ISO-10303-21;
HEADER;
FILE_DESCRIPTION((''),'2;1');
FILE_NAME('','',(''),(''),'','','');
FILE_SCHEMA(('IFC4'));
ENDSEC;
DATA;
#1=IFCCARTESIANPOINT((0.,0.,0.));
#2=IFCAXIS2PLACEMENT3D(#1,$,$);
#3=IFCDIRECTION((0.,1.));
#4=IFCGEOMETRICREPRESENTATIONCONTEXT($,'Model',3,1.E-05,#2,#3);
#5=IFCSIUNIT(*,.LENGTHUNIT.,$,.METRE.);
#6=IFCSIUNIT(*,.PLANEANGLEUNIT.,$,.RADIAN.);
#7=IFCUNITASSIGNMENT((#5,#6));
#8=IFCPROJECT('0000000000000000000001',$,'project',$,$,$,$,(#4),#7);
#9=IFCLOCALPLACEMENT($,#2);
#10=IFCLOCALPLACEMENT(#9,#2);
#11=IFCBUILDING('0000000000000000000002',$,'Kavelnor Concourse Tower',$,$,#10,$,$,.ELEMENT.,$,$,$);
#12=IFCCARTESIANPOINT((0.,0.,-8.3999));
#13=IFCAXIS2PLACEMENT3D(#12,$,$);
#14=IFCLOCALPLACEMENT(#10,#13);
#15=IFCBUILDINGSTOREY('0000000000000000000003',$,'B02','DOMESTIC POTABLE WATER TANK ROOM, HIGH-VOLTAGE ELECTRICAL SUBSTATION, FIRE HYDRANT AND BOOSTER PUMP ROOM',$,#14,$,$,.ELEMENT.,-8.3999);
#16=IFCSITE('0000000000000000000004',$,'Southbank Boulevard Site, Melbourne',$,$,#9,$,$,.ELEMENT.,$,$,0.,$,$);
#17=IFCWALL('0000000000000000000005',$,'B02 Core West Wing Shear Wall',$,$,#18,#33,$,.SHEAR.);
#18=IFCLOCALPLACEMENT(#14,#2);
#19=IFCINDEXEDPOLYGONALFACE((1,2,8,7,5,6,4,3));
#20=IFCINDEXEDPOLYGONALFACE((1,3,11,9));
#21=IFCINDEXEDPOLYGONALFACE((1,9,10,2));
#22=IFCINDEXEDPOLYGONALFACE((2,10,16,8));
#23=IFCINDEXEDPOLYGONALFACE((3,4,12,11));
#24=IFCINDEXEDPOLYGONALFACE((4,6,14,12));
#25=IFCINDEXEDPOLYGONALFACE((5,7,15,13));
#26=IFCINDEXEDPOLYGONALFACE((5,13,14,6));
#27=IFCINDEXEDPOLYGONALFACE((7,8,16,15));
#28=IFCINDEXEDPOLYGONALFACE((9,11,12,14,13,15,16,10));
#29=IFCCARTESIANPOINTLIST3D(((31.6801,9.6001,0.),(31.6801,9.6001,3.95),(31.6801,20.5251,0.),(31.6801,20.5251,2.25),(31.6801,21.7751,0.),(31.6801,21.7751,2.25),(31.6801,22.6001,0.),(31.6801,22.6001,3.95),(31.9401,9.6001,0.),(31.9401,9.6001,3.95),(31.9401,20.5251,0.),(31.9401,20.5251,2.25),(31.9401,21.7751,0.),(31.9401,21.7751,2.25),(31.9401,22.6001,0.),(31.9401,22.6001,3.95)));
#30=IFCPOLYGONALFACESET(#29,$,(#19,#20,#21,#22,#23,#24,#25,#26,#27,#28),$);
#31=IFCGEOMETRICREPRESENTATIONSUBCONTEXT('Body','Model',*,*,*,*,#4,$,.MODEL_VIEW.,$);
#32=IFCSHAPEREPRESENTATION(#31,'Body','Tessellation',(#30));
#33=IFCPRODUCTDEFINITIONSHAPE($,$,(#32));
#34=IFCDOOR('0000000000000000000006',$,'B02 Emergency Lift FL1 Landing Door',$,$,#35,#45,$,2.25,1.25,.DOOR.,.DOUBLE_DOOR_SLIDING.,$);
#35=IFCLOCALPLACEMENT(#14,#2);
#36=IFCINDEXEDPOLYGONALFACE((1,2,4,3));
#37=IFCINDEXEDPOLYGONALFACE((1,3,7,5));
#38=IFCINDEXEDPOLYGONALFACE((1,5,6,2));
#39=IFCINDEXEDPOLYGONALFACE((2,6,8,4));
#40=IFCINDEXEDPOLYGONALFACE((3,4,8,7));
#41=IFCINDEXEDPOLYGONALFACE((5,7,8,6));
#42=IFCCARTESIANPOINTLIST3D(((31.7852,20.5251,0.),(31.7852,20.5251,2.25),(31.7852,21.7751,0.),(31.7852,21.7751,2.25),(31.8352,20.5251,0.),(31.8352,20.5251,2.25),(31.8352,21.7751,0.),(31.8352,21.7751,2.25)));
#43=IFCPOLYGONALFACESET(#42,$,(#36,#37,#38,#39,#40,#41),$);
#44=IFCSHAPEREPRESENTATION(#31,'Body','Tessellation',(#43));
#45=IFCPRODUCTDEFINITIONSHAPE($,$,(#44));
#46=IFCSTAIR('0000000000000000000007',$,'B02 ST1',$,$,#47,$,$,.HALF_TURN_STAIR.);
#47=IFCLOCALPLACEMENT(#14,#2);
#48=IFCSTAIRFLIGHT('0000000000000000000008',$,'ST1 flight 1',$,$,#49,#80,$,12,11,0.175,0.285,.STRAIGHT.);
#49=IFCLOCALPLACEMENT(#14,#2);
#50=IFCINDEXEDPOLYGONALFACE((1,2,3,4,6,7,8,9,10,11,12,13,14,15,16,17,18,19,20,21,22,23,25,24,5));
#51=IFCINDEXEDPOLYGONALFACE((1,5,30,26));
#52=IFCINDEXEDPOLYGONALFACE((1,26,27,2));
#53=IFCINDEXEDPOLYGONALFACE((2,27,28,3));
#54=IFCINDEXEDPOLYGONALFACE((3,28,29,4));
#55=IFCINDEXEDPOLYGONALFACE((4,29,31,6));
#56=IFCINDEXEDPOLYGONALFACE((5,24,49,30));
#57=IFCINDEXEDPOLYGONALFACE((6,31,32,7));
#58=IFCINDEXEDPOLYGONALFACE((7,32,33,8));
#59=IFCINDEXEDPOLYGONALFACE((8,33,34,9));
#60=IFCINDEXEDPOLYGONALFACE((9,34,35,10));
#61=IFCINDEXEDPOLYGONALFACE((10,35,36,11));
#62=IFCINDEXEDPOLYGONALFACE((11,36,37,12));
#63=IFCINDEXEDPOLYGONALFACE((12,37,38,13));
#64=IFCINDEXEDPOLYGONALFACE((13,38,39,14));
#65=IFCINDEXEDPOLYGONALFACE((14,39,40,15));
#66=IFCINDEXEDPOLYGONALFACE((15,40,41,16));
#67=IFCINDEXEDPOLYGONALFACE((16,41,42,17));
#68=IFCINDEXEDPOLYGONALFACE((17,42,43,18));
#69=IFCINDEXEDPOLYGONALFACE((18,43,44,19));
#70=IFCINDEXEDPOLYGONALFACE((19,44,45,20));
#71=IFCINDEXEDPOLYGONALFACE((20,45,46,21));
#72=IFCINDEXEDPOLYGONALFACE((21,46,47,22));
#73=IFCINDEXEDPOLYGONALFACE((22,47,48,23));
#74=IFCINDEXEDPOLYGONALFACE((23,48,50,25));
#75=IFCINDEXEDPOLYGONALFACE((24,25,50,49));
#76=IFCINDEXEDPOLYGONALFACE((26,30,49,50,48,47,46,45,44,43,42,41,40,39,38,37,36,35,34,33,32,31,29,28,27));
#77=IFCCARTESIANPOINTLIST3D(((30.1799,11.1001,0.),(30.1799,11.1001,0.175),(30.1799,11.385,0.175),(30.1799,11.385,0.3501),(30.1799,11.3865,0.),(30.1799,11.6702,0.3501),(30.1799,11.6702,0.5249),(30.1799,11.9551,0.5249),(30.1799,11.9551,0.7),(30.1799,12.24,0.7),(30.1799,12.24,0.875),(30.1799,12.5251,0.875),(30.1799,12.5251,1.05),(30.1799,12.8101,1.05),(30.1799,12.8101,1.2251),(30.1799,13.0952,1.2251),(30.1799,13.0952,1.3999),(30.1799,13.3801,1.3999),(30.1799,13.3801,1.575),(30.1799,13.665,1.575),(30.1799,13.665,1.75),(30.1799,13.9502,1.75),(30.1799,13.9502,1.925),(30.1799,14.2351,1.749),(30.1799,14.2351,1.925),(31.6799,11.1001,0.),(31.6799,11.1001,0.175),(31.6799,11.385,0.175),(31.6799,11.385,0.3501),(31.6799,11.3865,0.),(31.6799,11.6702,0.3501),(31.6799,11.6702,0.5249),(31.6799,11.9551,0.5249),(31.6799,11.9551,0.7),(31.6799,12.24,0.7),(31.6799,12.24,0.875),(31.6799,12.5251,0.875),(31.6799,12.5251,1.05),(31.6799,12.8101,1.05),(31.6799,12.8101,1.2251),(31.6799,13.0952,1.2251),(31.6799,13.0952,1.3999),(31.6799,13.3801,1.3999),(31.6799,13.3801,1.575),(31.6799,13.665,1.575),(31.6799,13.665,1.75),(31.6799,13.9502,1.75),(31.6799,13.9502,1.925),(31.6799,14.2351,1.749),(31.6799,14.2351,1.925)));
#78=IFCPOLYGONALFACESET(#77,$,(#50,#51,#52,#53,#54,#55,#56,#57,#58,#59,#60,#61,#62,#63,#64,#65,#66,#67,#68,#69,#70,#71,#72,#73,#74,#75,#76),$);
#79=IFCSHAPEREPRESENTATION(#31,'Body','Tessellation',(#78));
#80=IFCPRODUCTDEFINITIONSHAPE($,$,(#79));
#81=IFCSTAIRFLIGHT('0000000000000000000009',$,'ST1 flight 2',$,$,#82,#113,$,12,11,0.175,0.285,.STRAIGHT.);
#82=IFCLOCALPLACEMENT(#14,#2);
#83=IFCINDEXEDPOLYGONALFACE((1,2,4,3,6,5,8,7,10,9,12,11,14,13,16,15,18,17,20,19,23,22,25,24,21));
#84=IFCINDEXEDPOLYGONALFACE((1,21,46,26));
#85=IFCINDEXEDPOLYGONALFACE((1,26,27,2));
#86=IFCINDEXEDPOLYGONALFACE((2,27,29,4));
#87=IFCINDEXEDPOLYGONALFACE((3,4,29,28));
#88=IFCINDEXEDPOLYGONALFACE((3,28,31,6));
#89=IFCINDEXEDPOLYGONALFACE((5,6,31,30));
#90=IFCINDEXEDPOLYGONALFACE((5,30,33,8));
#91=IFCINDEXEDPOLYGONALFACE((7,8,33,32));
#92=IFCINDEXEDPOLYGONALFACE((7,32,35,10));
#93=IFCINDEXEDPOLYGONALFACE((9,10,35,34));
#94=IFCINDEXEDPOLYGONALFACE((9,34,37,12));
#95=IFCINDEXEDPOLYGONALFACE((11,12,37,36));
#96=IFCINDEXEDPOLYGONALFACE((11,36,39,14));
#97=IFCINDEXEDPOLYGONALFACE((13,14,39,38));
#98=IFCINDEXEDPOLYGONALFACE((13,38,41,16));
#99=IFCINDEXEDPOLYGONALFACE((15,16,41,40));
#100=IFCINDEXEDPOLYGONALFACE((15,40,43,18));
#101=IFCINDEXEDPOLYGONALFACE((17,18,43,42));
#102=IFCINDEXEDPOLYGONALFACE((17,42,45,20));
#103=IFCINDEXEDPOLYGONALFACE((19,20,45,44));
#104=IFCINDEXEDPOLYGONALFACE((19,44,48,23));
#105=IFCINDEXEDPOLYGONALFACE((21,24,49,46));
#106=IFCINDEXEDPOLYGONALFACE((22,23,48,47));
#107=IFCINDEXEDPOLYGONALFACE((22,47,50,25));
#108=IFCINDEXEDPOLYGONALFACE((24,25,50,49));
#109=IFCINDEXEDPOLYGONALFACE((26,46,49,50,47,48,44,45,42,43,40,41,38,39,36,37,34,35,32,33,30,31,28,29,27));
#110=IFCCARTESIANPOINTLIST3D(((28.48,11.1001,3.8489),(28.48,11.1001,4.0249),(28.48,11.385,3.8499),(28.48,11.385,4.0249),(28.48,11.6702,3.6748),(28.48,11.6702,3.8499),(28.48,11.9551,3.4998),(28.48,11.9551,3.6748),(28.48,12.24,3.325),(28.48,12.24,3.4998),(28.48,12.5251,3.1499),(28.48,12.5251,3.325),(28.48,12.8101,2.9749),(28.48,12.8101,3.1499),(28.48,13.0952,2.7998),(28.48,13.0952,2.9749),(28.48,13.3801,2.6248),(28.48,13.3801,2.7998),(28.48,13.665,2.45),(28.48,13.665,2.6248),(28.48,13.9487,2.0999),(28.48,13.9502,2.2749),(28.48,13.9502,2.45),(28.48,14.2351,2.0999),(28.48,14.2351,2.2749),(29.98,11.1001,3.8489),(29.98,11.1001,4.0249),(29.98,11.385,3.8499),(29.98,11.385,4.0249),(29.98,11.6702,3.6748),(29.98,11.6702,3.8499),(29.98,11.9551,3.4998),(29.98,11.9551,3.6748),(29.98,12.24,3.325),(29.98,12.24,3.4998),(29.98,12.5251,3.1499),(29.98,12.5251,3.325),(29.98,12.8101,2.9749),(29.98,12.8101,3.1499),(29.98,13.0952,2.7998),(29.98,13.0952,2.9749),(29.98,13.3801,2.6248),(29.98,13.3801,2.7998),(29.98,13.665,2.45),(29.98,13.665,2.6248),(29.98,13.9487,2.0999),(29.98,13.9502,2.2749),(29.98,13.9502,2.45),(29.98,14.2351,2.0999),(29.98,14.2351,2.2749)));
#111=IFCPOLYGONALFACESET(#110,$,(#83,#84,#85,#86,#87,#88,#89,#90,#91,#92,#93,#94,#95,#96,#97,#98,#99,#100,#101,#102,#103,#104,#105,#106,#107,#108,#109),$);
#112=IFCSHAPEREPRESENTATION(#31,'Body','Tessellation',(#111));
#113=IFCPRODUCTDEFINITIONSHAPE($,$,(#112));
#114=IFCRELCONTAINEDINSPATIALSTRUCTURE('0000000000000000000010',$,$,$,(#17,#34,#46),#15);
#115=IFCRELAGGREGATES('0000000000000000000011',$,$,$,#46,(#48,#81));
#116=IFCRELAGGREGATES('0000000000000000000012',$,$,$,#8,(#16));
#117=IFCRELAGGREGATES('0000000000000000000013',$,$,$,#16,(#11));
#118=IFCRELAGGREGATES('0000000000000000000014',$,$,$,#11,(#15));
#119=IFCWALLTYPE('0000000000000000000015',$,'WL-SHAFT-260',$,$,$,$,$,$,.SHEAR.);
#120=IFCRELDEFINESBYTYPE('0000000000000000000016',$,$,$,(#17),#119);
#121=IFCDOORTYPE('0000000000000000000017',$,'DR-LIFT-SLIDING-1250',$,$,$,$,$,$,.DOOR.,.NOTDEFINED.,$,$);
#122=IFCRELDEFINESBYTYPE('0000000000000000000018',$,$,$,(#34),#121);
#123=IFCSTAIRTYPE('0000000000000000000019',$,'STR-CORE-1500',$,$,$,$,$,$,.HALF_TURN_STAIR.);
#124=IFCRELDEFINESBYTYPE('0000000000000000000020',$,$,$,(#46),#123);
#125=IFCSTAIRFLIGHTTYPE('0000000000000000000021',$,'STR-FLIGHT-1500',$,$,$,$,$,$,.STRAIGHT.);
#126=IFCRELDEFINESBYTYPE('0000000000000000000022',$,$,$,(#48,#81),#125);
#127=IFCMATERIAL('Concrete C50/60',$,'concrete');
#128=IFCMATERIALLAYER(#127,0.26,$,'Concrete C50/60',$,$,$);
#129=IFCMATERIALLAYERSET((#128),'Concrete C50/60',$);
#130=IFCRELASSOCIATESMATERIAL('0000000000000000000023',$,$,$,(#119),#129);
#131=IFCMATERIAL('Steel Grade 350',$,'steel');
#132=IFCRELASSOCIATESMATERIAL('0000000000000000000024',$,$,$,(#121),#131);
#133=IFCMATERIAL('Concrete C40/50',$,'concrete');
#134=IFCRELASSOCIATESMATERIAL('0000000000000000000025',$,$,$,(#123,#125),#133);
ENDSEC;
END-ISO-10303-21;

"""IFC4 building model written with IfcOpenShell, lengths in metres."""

from ifc_helpers import new_model, si_unit, direction, frame, frame_2d, origin, place, context, subcontext, project, spatial, polyline, rectangle, outline, extrude, material, layer, layer_set, type_object, element, fill, aggregate, save


model = new_model("IFC4")

# Units and contexts
model_context = context("Model", 3, precision=1e-05, world=origin(), true_north=direction((0.0, 1.0)))
body_context = subcontext(model_context, "Body", "Model", "MODEL_VIEW")
ifc_project = project(units=[si_unit("LENGTHUNIT", "METRE"), si_unit("PLANEANGLEUNIT", "RADIAN")], contexts=[model_context])

# Site, building, storey
site_placement = place(None, origin())
site = spatial("IfcSite", under=ifc_project, at=site_placement, Name="Southbank Boulevard Site, Melbourne", CompositionType="ELEMENT", RefElevation=0.0)
building_placement = place(site_placement, origin())
building = spatial("IfcBuilding", under=site, at=building_placement, Name="Kavelnor Concourse Tower", CompositionType="ELEMENT")
storey_placement = place(building_placement, frame((0.0, 0.0, -8.3999)))
storey = spatial("IfcBuildingStorey", under=building, at=storey_placement, Name="B02", Description="DOMESTIC POTABLE WATER TANK ROOM, HIGH-VOLTAGE ELECTRICAL SUBSTATION, FIRE HYDRANT AND BOOSTER PUMP ROOM", CompositionType="ELEMENT", Elevation=-8.3999)

# Shared definitions
ifc_material_1 = material(Name="Concrete C50/60", Category="concrete")

# Shared definitions
ifc_material_2 = material(Name="Steel Grade 350", Category="steel")

# Wall, opening, door
ifc_layer_1 = layer(ifc_material_1, 0.26, Name="Concrete C50/60")
ifc_layer_set_1 = layer_set([ifc_layer_1], Name="Concrete C50/60")
wall_type_1 = type_object("IfcWallType", Name="WL-SHAFT-260", PredefinedType="SHEAR", material=ifc_layer_set_1)
wall_1_placement = place(storey_placement, frame((31.8101, 9.6001, 0.0), z_axis=(0.0, 0.0, 1.0), x_axis=(0.0, 1.0, 0.0)))
wall_1 = element("IfcWall", 1, at=wall_1_placement, inside=storey, type_object=wall_type_1, Name="B02 Core West Wing Shear Wall", PredefinedType="SHEAR", context=body_context, shape_type="SweptSolid", body=[
    extrude(rectangle(XDim=13.0, YDim=0.26, at=frame_2d((6.5, 0.0))), origin(), (0.0, 0.0, 1.0), 3.95),
])
opening_1_placement = place(wall_1_placement, frame((10.925, 0.0, 0.0)))
opening_1 = element("IfcOpeningElement", 2, at=opening_1_placement, cuts=wall_1, PredefinedType="OPENING", context=body_context, shape_type="SweptSolid", body=[
    extrude(rectangle(XDim=1.25, YDim=2.25, at=frame_2d((0.625, 1.125))), frame((0.0, 0.1401, 0.0), z_axis=(0.0, -1.0, 0.0), x_axis=(1.0, 0.0, 0.0)), (0.0, 0.0, 1.0), 0.28),
])
door_type_1 = type_object("IfcDoorType", Name="DR-LIFT-SLIDING-1250", OperationType="NOTDEFINED", PredefinedType="DOOR", material=ifc_material_2)
door_1_placement = place(opening_1_placement, origin())
door_1 = element("IfcDoor", 3, at=door_1_placement, inside=storey, type_object=door_type_1, Name="B02 Emergency Lift FL1 Landing Door", OperationType="DOUBLE_DOOR_SLIDING", OverallHeight=2.25, OverallWidth=1.25, PredefinedType="DOOR", context=body_context, shape_type="SweptSolid", body=[
    extrude(rectangle(XDim=1.25, YDim=2.25, at=frame_2d((0.625, 1.125))), frame((0.0, 0.0249, 0.0), z_axis=(0.0, -1.0, 0.0), x_axis=(1.0, 0.0, 0.0)), (0.0, 0.0, 1.0), 0.05),
])
fill(opening_1, door_1)

# Stair, stair flights
ifc_material_3 = material(Name="Concrete C40/50", Category="concrete")
stair_type = type_object("IfcStairType", Name="STR-CORE-1500", PredefinedType="HALF_TURN_STAIR", material=ifc_material_3)
stair_placement = place(storey_placement, origin())
stair = element("IfcStair", 4, at=stair_placement, inside=storey, type_object=stair_type, Name="B02 ST1", PredefinedType="HALF_TURN_STAIR")
stair_flight_type = type_object("IfcStairFlightType", Name="STR-FLIGHT-1500", PredefinedType="STRAIGHT", material=ifc_material_3)
stair_flight_1_placement = place(storey_placement, frame((30.9299, 11.1001, 0.0), z_axis=(0.0, 0.0, 1.0), x_axis=(0.0, 1.0, 0.0)))
stair_flight_1 = element("IfcStairFlight", 5, at=stair_flight_1_placement, type_object=stair_flight_type, Name="ST1 flight 1", NumberOfRisers=12, NumberOfTreads=11, PredefinedType="STRAIGHT", RiserHeight=0.175, TreadLength=0.285, context=body_context, shape_type="SweptSolid", body=[
    extrude(outline(polyline([(0.0, 0.0), (0.0, 0.175), (0.2849, 0.175), (0.2849, 0.3501), (0.5701, 0.3501), (0.5701, 0.5249), (0.855, 0.5249), (0.855, 0.7), (1.1399, 0.7), (1.1399, 0.875), (1.425, 0.875), (1.425, 1.05), (1.71, 1.05), (1.71, 1.2251), (1.9951, 1.2251), (1.9951, 1.3999), (2.28, 1.3999), (2.28, 1.575), (2.5649, 1.575), (2.5649, 1.75), (2.8501, 1.75), (2.8501, 1.925), (3.135, 1.925), (3.135, 2.1001), (3.135, 1.749), (0.2864, 0.0), (0.0, 0.0)])), frame((0.0, 0.75, 0.0), z_axis=(0.0, -1.0, 0.0), x_axis=(1.0, 0.0, 0.0)), (0.0, 0.0, 1.0), 1.5),
])
stair_flight_2_placement = place(storey_placement, frame((29.23, 14.2351, 2.0999), z_axis=(0.0, 0.0, 1.0), x_axis=(0.0, -1.0, 0.0)))
stair_flight_2 = element("IfcStairFlight", 6, at=stair_flight_2_placement, type_object=stair_flight_type, Name="ST1 flight 2", NumberOfRisers=12, NumberOfTreads=11, PredefinedType="STRAIGHT", RiserHeight=0.175, TreadLength=0.285, context=body_context, shape_type="SweptSolid", body=[
    extrude(outline(polyline([(0.0, 0.0), (0.0, 0.175), (0.2849, 0.175), (0.2849, 0.3501), (0.5701, 0.3501), (0.5701, 0.5249), (0.855, 0.5249), (0.855, 0.7), (1.1399, 0.7), (1.1399, 0.875), (1.425, 0.875), (1.425, 1.05), (1.71, 1.05), (1.71, 1.2251), (1.9951, 1.2251), (1.9951, 1.3999), (2.28, 1.3999), (2.28, 1.575), (2.5649, 1.575), (2.5649, 1.75), (2.8501, 1.75), (2.8501, 1.925), (3.135, 1.925), (3.135, 2.1001), (3.135, 1.749), (0.2864, 0.0), (0.0, 0.0)])), frame((0.0, 0.75, 0.0), z_axis=(0.0, -1.0, 0.0), x_axis=(1.0, 0.0, 0.0)), (0.0, 0.0, 1.0), 1.5),
])
aggregate(stair, [stair_flight_1, stair_flight_2])

save(model, "model.ifc")
